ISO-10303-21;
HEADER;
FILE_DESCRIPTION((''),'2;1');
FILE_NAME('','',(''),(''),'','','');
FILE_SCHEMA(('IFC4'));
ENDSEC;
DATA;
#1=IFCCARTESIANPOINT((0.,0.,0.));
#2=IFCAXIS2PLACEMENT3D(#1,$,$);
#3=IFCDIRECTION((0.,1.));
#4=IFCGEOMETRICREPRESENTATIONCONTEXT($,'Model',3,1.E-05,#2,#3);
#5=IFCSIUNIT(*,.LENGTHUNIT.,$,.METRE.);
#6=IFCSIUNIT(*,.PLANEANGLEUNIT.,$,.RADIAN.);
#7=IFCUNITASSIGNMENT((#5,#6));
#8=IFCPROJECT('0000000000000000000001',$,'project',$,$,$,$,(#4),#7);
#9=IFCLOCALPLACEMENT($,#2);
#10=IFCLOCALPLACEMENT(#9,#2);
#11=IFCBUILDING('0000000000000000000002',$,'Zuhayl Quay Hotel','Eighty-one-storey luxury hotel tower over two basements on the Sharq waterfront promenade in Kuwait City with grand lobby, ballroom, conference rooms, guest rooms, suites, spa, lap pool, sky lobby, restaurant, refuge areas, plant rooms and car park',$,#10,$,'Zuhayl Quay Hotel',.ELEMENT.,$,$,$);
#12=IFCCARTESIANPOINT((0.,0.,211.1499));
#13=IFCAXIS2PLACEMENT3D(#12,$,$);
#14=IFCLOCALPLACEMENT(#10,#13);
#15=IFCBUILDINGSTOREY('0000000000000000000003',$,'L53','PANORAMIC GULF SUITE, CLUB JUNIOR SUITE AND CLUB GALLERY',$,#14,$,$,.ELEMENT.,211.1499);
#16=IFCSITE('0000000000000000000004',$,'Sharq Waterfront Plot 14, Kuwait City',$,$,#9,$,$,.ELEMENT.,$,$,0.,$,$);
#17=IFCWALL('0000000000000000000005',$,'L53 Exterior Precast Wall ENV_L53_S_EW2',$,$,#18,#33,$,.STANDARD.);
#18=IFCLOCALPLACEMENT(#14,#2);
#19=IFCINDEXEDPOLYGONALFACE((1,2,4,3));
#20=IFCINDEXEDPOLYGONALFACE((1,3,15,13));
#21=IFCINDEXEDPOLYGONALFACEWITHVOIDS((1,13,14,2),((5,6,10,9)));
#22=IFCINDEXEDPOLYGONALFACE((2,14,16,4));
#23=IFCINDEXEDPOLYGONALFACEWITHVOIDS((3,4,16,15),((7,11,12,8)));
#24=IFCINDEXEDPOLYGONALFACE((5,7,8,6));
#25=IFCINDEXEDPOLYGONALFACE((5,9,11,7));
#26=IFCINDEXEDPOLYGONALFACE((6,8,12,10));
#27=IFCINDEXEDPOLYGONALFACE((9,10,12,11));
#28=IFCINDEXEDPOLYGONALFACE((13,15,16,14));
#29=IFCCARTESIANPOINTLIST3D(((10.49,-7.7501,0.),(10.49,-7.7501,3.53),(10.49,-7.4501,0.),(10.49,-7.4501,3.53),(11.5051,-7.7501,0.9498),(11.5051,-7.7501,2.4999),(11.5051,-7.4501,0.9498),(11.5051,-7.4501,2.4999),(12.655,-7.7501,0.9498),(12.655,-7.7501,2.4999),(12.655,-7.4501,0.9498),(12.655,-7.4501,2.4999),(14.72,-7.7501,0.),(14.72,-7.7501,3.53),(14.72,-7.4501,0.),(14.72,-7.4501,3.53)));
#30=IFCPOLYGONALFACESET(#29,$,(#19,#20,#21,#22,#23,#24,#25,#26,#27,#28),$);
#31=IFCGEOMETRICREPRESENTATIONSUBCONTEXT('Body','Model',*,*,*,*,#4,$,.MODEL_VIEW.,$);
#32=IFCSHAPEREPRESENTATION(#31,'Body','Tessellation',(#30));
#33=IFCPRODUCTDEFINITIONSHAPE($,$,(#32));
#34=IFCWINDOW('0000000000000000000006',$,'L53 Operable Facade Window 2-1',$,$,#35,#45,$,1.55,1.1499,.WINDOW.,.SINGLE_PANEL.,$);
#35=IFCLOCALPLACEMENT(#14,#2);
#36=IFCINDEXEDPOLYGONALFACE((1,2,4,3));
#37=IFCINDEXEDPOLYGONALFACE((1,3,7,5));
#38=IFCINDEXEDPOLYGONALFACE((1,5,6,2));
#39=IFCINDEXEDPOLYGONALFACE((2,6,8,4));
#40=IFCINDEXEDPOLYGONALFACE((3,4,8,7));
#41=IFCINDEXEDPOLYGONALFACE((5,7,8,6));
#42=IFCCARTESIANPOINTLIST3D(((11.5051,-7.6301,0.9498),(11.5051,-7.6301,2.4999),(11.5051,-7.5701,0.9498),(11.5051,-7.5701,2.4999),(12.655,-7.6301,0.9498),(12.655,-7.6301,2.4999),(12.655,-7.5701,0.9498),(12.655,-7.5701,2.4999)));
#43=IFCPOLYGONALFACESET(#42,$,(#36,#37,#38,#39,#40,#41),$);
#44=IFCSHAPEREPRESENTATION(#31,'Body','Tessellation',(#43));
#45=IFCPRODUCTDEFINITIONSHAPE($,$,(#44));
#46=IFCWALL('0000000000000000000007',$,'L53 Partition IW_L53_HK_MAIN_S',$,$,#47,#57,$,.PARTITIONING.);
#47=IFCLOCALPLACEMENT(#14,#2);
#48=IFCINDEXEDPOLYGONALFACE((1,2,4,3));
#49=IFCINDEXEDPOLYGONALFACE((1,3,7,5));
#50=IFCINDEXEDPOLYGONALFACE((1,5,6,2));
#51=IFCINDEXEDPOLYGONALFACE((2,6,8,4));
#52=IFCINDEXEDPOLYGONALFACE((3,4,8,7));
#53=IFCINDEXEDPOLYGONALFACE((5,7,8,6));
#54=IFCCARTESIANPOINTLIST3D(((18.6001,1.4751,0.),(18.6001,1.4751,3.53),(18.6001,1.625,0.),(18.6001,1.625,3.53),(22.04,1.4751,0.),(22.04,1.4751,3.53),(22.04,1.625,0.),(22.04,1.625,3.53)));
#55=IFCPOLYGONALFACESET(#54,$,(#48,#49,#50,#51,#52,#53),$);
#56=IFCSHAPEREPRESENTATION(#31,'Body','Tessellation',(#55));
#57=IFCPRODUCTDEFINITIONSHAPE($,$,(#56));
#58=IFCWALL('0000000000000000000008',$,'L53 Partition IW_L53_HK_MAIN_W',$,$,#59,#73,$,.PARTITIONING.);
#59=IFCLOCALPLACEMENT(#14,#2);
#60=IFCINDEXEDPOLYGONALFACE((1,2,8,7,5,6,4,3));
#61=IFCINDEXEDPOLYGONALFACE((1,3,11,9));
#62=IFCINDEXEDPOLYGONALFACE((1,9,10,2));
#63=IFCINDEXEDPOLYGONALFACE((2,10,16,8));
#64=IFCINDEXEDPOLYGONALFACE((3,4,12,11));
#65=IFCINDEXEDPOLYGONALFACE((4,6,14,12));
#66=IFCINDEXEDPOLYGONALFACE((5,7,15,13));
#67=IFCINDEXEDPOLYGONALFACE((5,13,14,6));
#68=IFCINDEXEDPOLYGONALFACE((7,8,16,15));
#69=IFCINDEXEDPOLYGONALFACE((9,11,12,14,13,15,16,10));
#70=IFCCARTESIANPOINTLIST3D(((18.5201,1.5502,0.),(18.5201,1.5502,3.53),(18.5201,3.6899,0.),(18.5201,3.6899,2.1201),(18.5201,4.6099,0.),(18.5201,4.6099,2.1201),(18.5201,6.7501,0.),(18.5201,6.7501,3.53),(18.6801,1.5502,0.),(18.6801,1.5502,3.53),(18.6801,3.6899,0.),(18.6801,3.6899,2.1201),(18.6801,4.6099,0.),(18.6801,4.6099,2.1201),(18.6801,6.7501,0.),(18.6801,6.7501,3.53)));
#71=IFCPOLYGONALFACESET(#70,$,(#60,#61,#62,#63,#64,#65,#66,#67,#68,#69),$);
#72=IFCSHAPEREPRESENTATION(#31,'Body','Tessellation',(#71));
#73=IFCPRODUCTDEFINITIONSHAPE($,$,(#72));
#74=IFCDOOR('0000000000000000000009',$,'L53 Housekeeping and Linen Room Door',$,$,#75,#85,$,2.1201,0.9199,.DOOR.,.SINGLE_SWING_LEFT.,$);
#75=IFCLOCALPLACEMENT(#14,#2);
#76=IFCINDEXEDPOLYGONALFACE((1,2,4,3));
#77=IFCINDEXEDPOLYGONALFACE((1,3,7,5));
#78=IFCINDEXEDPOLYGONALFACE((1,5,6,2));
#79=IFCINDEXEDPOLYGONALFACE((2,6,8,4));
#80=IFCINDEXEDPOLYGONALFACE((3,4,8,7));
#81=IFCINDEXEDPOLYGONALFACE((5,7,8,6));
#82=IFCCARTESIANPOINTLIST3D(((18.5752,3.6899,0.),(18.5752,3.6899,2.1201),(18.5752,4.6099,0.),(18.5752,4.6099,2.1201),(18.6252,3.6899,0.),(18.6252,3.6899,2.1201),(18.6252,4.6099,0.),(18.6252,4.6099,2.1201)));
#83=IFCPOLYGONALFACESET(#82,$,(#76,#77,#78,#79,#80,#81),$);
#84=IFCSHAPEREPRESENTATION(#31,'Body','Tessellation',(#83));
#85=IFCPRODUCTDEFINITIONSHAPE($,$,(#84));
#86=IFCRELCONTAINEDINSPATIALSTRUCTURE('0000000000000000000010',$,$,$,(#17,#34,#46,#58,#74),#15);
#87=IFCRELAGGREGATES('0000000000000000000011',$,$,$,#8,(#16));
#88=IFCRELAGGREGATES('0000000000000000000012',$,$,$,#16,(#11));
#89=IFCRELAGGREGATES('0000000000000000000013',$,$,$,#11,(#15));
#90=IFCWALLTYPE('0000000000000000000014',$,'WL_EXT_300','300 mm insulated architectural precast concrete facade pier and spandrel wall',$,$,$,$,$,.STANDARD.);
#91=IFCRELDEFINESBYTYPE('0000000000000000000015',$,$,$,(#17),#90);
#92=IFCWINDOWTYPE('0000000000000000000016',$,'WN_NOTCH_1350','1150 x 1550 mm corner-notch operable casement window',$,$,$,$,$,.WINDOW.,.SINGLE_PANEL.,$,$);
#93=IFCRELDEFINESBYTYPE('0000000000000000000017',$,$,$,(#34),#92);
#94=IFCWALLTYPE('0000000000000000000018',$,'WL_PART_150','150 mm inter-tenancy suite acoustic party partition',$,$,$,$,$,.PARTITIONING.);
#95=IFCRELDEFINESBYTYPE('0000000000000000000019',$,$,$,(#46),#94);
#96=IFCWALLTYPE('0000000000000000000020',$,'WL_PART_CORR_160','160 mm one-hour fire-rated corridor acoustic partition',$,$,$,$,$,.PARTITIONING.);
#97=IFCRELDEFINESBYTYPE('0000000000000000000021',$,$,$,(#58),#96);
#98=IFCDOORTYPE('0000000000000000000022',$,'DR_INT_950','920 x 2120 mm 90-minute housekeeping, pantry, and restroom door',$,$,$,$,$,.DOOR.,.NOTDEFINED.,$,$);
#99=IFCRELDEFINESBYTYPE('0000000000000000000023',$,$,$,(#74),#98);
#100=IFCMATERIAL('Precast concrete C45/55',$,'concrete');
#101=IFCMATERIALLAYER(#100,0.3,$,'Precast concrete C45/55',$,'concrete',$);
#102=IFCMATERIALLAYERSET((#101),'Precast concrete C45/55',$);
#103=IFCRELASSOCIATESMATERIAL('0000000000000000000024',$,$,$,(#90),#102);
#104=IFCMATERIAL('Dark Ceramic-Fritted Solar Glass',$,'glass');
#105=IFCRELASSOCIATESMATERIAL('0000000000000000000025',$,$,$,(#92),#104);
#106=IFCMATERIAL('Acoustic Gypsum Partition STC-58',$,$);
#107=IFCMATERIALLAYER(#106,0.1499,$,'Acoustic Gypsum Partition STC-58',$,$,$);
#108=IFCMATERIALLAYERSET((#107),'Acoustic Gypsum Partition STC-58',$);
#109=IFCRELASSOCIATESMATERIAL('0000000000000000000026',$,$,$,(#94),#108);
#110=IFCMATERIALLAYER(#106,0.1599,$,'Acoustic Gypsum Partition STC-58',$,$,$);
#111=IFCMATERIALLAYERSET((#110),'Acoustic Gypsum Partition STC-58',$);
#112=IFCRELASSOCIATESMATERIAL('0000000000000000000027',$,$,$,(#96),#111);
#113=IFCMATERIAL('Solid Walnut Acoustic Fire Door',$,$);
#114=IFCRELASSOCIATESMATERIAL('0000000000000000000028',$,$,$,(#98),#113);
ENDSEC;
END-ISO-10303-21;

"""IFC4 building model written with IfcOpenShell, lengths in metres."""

from ifc_helpers import new_model, si_unit, direction, frame, frame_2d, origin, place, context, subcontext, project, spatial, rectangle, extrude, material, layer, layer_set, type_object, element, fill, save


model = new_model("IFC4")

# Units and contexts
model_context = context("Model", 3, precision=1e-05, world=origin(), true_north=direction((0.0, 1.0)))
body_context = subcontext(model_context, "Body", "Model", "MODEL_VIEW")
ifc_project = project(units=[si_unit("LENGTHUNIT", "METRE"), si_unit("PLANEANGLEUNIT", "RADIAN")], contexts=[model_context])

# Site, building, storey
site_placement = place(None, origin())
site = spatial("IfcSite", under=ifc_project, at=site_placement, Name="Sharq Waterfront Plot 14, Kuwait City", CompositionType="ELEMENT", RefElevation=0.0)
building_placement = place(site_placement, origin())
building = spatial("IfcBuilding", under=site, at=building_placement, Name="Zuhayl Quay Hotel", Description="Eighty-one-storey luxury hotel tower over two basements on the Sharq waterfront promenade in Kuwait City with grand lobby, ballroom, conference rooms, guest rooms, suites, spa, lap pool, sky lobby, restaurant, refuge areas, plant rooms and car park", LongName="Zuhayl Quay Hotel", CompositionType="ELEMENT")
storey_placement = place(building_placement, frame((0.0, 0.0, 211.1499)))
storey = spatial("IfcBuildingStorey", under=building, at=storey_placement, Name="L53", Description="PANORAMIC GULF SUITE, CLUB JUNIOR SUITE AND CLUB GALLERY", CompositionType="ELEMENT", Elevation=211.1499)

# Shared definitions
ifc_material_1 = material(Name="Dark Ceramic-Fritted Solar Glass", Category="glass")

# Shared definitions
ifc_material_2 = material(Name="Precast concrete C45/55", Category="concrete")
ifc_layer_1 = layer(ifc_material_2, 0.3, Name="Precast concrete C45/55", Category="concrete")
ifc_layer_set_1 = layer_set([ifc_layer_1], Name="Precast concrete C45/55")
wall_type_1 = type_object("IfcWallType", Name="WL_EXT_300", Description="300 mm insulated architectural precast concrete facade pier and spandrel wall", PredefinedType="STANDARD", material=ifc_layer_set_1)
window_type = type_object("IfcWindowType", Name="WN_NOTCH_1350", Description="1150 x 1550 mm corner-notch operable casement window", PartitioningType="SINGLE_PANEL", PredefinedType="WINDOW", material=ifc_material_1)

# Wall, opening, window
wall_1_placement = place(storey_placement, frame((14.72, -7.6001, 0.0), z_axis=(0.0, 0.0, 1.0), x_axis=(-1.0, 0.0, 0.0)))
wall_1 = element("IfcWall", 1, at=wall_1_placement, inside=storey, type_object=wall_type_1, Name="L53 Exterior Precast Wall ENV_L53_S_EW2", PredefinedType="STANDARD", context=body_context, shape_type="SweptSolid", body=[
    extrude(rectangle(XDim=4.23, YDim=0.3, at=frame_2d((2.115, 0.0))), origin(), (0.0, 0.0, 1.0), 3.53),
])
opening_1_placement = place(wall_1_placement, frame((2.0649, 0.0, 0.95)))
opening_1 = element("IfcOpeningElement", 2, at=opening_1_placement, cuts=wall_1, PredefinedType="OPENING", context=body_context, shape_type="SweptSolid", body=[
    extrude(rectangle(XDim=1.1499, YDim=1.55, at=frame_2d((0.575, 0.7749))), frame((0.0, 0.1599, 0.0), z_axis=(0.0, -1.0, 0.0), x_axis=(1.0, 0.0, 0.0)), (0.0, 0.0, 1.0), 0.3201),
])
window_1_placement = place(opening_1_placement, origin())
window_1 = element("IfcWindow", 3, at=window_1_placement, inside=storey, type_object=window_type, Name="L53 Operable Facade Window 2-1", OverallHeight=1.55, OverallWidth=1.1499, PartitioningType="SINGLE_PANEL", PredefinedType="WINDOW", context=body_context, shape_type="SweptSolid", body=[
    extrude(rectangle(XDim=1.1499, YDim=1.55, at=frame_2d((0.575, 0.7749))), frame((0.0, 0.03, 0.0), z_axis=(0.0, -1.0, 0.0), x_axis=(1.0, 0.0, 0.0)), (0.0, 0.0, 1.0), 0.0601),
])
fill(opening_1, window_1)

# Wall
ifc_material_3 = material(Name="Acoustic Gypsum Partition STC-58")
ifc_layer_2 = layer(ifc_material_3, 0.1499, Name="Acoustic Gypsum Partition STC-58")
ifc_layer_set_2 = layer_set([ifc_layer_2], Name="Acoustic Gypsum Partition STC-58")
wall_type_2 = type_object("IfcWallType", Name="WL_PART_150", Description="150 mm inter-tenancy suite acoustic party partition", PredefinedType="PARTITIONING", material=ifc_layer_set_2)
wall_2_placement = place(storey_placement, frame((18.6001, 1.55, 0.0), z_axis=(0.0, 0.0, 1.0), x_axis=(1.0, 0.0, 0.0)))
element("IfcWall", 4, at=wall_2_placement, inside=storey, type_object=wall_type_2, Name="L53 Partition IW_L53_HK_MAIN_S", PredefinedType="PARTITIONING", context=body_context, shape_type="SweptSolid", body=[
    extrude(rectangle(XDim=3.4399, YDim=0.1499, at=frame_2d((1.72, 0.0))), origin(), (0.0, 0.0, 1.0), 3.53),
])

# Wall, opening, door
ifc_layer_3 = layer(ifc_material_3, 0.1599, Name="Acoustic Gypsum Partition STC-58")
ifc_layer_set_3 = layer_set([ifc_layer_3], Name="Acoustic Gypsum Partition STC-58")
wall_type_3 = type_object("IfcWallType", Name="WL_PART_CORR_160", Description="160 mm one-hour fire-rated corridor acoustic partition", PredefinedType="PARTITIONING", material=ifc_layer_set_3)
wall_3_placement = place(storey_placement, frame((18.6001, 1.55, 0.0), z_axis=(0.0, 0.0, 1.0), x_axis=(0.0, 1.0, 0.0)))
wall_3 = element("IfcWall", 5, at=wall_3_placement, inside=storey, type_object=wall_type_3, Name="L53 Partition IW_L53_HK_MAIN_W", PredefinedType="PARTITIONING", context=body_context, shape_type="SweptSolid", body=[
    extrude(rectangle(XDim=5.2, YDim=0.1599, at=frame_2d((2.6001, 0.0))), origin(), (0.0, 0.0, 1.0), 3.53),
])
opening_2_placement = place(wall_3_placement, frame((2.1399, 0.0, 0.0)))
opening_2 = element("IfcOpeningElement", 6, at=opening_2_placement, cuts=wall_3, PredefinedType="OPENING", context=body_context, shape_type="SweptSolid", body=[
    extrude(rectangle(XDim=0.9199, YDim=2.1201, at=frame_2d((0.46, 1.0601))), frame((0.0, 0.0898, 0.0), z_axis=(0.0, -1.0, 0.0), x_axis=(1.0, 0.0, 0.0)), (0.0, 0.0, 1.0), 0.1799),
])
ifc_material_4 = material(Name="Solid Walnut Acoustic Fire Door")
door_type = type_object("IfcDoorType", Name="DR_INT_950", Description="920 x 2120 mm 90-minute housekeeping, pantry, and restroom door", OperationType="NOTDEFINED", PredefinedType="DOOR", material=ifc_material_4)
door_placement = place(opening_2_placement, origin())
door = element("IfcDoor", 7, at=door_placement, inside=storey, type_object=door_type, Name="L53 Housekeeping and Linen Room Door", OperationType="SINGLE_SWING_LEFT", OverallHeight=2.1201, OverallWidth=0.9199, PredefinedType="DOOR", context=body_context, shape_type="SweptSolid", body=[
    extrude(rectangle(XDim=0.9199, YDim=2.1201, at=frame_2d((0.46, 1.0601))), frame((0.0, 0.0249, 0.0), z_axis=(0.0, -1.0, 0.0), x_axis=(1.0, 0.0, 0.0)), (0.0, 0.0, 1.0), 0.05),
])
fill(opening_2, door)

save(model, "model.ifc")
